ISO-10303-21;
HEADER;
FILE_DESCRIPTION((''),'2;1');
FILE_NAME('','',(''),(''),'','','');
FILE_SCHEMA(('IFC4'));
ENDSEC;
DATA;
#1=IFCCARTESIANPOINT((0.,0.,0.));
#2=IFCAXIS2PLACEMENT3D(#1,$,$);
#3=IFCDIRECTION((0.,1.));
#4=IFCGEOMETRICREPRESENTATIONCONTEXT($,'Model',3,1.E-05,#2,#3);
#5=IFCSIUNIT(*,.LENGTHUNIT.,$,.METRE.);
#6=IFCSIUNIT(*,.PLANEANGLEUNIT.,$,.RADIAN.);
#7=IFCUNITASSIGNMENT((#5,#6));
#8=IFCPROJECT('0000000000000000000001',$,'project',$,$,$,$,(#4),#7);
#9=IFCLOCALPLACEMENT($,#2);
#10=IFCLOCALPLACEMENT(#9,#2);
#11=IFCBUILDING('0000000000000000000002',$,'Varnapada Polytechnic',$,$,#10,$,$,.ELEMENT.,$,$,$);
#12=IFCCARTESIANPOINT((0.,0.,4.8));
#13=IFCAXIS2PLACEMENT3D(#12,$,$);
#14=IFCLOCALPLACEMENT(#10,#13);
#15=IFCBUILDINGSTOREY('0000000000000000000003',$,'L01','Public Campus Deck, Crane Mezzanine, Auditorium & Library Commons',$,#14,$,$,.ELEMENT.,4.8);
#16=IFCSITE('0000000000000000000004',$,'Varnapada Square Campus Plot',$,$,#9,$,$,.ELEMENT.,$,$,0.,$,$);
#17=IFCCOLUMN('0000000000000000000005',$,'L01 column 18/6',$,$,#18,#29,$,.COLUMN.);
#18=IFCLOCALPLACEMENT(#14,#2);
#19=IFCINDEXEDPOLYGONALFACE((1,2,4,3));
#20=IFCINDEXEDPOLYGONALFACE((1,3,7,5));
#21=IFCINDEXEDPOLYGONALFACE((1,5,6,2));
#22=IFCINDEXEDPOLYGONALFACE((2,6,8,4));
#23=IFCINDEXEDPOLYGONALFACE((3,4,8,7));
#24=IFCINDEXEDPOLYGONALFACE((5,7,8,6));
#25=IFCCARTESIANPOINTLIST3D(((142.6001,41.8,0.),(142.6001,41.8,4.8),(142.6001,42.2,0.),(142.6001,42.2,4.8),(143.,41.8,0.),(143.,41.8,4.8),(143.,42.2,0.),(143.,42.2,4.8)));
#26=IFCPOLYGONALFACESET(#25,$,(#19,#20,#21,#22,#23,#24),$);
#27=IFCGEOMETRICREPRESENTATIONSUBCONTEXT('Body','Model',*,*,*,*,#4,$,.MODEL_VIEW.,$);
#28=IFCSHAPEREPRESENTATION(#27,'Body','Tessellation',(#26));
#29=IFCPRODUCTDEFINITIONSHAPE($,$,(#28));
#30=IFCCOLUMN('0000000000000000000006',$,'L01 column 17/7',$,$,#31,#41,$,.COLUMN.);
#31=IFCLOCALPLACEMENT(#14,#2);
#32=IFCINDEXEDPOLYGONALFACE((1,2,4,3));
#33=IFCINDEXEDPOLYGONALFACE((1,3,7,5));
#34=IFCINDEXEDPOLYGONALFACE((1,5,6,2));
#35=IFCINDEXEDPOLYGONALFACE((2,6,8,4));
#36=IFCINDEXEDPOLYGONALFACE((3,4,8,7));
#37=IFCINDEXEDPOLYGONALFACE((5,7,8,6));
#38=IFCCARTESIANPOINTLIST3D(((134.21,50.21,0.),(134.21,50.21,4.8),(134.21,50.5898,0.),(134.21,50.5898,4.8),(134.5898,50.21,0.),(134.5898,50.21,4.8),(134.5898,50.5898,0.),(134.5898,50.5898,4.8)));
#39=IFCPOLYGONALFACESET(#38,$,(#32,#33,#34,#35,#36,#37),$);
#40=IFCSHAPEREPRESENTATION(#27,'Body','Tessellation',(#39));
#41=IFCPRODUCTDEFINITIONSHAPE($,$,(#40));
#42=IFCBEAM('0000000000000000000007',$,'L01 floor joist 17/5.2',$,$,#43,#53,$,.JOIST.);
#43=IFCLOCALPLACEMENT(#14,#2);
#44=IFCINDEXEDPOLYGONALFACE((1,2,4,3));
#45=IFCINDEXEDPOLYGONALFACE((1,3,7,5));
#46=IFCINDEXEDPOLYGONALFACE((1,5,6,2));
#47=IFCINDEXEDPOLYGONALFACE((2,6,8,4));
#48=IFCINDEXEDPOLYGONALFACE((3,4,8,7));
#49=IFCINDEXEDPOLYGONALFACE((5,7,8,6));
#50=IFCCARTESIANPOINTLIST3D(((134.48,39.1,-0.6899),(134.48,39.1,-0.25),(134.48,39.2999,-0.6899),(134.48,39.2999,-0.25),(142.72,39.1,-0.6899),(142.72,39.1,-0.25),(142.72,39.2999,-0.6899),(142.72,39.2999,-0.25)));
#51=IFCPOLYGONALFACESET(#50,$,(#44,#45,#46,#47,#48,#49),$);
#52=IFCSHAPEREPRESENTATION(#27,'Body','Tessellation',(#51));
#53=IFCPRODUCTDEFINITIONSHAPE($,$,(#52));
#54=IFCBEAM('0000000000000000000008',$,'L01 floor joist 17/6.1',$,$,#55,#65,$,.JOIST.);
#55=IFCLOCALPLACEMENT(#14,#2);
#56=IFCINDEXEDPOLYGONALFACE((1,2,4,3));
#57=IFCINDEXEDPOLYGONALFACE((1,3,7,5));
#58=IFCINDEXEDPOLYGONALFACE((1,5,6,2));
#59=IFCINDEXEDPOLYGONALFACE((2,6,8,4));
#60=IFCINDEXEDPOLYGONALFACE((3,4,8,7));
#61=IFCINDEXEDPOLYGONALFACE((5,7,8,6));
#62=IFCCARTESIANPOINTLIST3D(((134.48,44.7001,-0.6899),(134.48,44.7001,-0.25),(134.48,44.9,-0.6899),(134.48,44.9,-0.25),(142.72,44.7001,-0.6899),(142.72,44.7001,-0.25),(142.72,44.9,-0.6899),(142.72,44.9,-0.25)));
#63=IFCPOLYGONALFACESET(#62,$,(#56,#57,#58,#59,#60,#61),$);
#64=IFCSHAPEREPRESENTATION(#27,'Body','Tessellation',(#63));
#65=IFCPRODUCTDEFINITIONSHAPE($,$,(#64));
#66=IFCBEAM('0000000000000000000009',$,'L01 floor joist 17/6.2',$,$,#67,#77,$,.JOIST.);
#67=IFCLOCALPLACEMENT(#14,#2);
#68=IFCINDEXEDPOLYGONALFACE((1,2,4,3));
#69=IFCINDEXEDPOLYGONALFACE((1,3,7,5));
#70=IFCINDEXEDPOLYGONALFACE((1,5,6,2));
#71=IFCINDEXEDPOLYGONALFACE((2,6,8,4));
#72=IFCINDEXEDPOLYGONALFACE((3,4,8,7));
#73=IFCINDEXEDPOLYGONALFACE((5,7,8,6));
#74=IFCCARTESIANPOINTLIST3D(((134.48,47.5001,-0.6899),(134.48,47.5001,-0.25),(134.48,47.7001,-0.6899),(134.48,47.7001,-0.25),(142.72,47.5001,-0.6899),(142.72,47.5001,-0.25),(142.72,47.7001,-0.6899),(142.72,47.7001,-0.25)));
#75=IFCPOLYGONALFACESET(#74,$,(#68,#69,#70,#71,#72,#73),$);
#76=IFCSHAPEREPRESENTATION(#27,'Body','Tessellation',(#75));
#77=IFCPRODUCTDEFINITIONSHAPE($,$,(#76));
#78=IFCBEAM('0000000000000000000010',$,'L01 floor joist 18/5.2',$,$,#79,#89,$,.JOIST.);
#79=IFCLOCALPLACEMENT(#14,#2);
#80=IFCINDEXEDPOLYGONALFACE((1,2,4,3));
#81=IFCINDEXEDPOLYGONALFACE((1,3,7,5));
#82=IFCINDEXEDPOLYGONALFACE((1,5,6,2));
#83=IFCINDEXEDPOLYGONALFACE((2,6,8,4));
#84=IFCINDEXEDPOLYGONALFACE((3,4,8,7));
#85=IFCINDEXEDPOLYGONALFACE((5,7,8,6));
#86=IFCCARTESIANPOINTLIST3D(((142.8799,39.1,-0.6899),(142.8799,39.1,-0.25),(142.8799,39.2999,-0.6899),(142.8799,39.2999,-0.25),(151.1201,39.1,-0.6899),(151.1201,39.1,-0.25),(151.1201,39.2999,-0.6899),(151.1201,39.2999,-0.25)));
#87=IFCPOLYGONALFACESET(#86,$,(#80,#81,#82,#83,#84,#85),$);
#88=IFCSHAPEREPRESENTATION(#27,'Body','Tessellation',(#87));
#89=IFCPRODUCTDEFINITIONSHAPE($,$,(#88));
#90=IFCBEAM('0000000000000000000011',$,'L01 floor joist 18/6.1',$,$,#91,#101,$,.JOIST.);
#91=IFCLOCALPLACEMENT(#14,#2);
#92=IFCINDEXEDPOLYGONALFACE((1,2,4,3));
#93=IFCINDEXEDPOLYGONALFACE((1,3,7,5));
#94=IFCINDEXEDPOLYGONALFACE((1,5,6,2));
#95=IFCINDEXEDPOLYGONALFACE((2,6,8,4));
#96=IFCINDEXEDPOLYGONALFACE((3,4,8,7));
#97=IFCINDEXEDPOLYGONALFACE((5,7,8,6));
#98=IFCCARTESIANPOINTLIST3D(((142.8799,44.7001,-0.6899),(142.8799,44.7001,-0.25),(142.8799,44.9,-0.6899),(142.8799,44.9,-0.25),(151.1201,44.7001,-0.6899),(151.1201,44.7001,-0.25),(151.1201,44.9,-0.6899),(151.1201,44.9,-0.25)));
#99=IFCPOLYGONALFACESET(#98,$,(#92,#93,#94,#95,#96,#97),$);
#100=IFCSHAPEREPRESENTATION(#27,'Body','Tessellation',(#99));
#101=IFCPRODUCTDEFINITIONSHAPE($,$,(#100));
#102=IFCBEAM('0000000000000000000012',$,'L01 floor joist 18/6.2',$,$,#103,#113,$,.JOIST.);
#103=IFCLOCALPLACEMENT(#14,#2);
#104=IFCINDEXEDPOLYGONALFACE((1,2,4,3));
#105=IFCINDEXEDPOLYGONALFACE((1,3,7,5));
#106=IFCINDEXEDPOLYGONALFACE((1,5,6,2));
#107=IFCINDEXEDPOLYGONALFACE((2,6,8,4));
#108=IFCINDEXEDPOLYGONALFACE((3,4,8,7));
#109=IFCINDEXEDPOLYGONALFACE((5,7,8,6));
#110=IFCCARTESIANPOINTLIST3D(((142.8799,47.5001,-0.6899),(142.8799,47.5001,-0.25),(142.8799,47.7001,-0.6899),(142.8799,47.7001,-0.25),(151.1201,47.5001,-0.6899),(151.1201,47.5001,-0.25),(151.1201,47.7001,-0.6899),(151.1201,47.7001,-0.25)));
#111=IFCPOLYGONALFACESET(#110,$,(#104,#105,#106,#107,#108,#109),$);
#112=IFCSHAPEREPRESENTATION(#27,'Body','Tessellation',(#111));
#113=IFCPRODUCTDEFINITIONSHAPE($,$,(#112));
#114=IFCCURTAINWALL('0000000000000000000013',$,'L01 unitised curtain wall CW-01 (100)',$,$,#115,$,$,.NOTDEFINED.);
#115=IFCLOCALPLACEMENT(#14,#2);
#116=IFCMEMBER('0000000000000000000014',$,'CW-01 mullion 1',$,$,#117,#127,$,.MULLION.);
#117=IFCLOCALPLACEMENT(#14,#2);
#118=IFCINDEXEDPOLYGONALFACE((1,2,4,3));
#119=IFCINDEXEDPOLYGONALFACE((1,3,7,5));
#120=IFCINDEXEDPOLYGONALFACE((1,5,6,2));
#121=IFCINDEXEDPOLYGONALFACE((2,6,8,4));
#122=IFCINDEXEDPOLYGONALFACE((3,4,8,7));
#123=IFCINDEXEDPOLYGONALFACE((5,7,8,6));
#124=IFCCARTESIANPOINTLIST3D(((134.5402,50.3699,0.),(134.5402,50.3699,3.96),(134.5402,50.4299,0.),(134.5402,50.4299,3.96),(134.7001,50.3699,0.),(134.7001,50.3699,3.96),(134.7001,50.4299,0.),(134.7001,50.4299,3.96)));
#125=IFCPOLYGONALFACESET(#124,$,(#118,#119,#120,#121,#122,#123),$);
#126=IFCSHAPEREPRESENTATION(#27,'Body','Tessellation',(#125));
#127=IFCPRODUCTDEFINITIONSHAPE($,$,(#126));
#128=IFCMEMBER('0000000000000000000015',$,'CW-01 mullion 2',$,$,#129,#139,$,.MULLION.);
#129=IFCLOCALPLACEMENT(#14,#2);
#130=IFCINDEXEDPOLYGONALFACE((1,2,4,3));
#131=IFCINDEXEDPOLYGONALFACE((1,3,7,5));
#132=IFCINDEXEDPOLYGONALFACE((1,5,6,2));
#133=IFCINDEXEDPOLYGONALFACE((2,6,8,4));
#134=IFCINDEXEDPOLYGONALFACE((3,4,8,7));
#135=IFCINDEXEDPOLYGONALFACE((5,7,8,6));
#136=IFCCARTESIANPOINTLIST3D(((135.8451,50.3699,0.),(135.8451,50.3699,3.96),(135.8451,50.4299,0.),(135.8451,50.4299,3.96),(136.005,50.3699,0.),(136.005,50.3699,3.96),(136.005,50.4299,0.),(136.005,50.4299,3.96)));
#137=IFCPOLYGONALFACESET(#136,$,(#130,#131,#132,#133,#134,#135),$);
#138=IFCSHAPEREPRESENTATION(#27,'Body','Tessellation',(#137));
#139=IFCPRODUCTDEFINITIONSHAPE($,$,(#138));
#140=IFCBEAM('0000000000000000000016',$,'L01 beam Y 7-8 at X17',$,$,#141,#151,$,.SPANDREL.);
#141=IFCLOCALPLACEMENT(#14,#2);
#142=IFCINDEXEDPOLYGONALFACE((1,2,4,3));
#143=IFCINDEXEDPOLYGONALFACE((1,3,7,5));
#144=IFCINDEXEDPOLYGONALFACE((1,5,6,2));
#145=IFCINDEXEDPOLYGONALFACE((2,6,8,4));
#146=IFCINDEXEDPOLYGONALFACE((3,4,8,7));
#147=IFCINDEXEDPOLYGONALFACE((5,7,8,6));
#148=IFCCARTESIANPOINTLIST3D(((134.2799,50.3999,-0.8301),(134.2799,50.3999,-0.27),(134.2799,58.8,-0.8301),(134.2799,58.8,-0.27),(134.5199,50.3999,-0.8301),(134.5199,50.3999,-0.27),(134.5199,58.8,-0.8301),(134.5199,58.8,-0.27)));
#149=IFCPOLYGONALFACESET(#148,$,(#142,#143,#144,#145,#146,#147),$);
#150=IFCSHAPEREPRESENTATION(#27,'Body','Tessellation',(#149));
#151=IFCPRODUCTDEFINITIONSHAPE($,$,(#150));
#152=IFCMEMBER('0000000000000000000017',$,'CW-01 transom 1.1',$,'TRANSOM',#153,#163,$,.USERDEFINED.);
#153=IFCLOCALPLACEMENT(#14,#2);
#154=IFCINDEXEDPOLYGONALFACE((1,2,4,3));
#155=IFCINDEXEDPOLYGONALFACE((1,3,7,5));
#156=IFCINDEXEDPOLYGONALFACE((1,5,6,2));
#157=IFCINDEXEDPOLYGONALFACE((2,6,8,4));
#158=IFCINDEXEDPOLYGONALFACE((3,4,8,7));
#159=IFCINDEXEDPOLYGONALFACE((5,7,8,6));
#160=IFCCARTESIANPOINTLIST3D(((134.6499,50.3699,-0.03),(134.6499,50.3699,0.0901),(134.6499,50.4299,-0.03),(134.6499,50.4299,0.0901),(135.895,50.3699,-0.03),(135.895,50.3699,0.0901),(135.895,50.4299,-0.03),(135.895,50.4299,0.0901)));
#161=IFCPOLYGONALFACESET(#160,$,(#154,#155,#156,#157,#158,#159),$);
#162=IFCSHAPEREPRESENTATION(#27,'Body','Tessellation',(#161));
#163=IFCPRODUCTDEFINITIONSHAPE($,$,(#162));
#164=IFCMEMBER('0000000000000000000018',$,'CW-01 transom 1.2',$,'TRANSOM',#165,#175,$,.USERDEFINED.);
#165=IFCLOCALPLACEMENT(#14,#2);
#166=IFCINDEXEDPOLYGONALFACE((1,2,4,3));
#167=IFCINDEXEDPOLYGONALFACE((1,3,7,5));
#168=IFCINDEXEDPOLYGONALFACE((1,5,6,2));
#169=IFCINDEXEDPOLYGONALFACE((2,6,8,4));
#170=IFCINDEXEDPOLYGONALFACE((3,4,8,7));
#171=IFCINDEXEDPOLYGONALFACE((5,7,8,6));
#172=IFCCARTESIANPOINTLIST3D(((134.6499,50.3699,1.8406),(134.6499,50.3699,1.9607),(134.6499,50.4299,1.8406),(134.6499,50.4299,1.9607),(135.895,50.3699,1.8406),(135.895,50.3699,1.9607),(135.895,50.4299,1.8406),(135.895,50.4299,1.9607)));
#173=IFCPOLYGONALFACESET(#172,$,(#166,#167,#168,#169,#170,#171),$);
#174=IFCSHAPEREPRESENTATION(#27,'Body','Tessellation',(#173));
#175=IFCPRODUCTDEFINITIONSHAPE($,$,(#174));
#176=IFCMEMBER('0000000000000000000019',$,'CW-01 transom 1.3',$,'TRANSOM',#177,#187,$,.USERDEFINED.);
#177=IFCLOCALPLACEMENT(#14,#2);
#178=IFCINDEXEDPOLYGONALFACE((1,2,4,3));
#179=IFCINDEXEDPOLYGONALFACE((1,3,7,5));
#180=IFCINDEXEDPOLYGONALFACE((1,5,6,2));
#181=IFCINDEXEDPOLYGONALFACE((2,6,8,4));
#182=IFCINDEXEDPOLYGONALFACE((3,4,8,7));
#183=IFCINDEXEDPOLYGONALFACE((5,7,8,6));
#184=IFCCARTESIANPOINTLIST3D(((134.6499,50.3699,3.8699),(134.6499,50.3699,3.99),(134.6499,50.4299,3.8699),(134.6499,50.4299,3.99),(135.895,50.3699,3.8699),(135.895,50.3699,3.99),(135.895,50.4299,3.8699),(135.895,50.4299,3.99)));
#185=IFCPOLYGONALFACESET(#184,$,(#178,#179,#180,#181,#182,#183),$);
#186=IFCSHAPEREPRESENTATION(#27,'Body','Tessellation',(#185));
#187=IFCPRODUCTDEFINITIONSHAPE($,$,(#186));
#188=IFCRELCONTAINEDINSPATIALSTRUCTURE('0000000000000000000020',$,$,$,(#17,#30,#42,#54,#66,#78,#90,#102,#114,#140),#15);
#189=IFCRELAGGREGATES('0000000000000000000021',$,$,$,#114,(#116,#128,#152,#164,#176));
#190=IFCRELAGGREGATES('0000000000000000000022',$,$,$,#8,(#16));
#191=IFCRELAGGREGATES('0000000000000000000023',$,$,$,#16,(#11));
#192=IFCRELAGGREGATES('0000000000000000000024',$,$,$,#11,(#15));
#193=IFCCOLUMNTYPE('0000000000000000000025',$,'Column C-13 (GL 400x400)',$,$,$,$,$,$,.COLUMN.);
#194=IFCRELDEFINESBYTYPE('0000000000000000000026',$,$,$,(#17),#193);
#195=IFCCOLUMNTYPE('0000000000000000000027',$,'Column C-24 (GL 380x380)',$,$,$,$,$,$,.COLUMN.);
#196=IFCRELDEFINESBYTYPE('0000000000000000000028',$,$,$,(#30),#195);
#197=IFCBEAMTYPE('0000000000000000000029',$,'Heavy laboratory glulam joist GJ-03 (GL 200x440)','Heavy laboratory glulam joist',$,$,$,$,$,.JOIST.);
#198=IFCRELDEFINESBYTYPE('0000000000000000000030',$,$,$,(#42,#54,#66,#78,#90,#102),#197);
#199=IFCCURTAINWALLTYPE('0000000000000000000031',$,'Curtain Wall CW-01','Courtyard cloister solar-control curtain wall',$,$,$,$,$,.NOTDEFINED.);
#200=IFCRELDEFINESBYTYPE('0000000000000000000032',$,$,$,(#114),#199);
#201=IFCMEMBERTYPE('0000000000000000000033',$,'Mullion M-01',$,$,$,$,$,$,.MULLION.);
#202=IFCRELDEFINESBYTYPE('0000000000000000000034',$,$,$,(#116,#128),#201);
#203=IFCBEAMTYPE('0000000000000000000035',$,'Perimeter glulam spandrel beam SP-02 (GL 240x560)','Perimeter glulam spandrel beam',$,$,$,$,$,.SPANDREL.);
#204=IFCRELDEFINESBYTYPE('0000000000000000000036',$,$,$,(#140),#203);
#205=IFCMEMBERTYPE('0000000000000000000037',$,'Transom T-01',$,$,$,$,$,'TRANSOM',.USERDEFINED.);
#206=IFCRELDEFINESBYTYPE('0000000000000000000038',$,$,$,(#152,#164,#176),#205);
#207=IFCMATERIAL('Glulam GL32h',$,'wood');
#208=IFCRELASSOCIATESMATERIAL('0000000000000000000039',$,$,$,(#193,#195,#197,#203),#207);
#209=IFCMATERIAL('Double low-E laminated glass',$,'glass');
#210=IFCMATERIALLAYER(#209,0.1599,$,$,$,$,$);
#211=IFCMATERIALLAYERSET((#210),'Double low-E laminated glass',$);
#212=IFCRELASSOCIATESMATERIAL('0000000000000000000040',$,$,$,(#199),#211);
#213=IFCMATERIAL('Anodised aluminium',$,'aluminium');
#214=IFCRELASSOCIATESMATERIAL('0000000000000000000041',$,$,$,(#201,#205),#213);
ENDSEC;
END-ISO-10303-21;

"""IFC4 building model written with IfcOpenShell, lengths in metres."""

from ifc_helpers import new_model, si_unit, direction, frame, origin, origin_2d, place, context, subcontext, project, spatial, rectangle, extrude, material, layer, layer_set, material_profile, profile_set, type_object, element, aggregate, save


model = new_model("IFC4")

# Units and contexts
model_context = context("Model", 3, precision=1e-05, world=origin(), true_north=direction((0.0, 1.0)))
body_context = subcontext(model_context, "Body", "Model", "MODEL_VIEW")
ifc_project = project(units=[si_unit("LENGTHUNIT", "METRE"), si_unit("PLANEANGLEUNIT", "RADIAN")], contexts=[model_context])

# Site, building, storey
site_placement = place(None, origin())
site = spatial("IfcSite", under=ifc_project, at=site_placement, Name="Varnapada Square Campus Plot", CompositionType="ELEMENT", RefElevation=0.0)
building_placement = place(site_placement, origin())
building = spatial("IfcBuilding", under=site, at=building_placement, Name="Varnapada Polytechnic", CompositionType="ELEMENT")
storey_placement = place(building_placement, frame((0.0, 0.0, 4.8)))
storey = spatial("IfcBuildingStorey", under=building, at=storey_placement, Name="L01", Description="Public Campus Deck, Crane Mezzanine, Auditorium & Library Commons", CompositionType="ELEMENT", Elevation=4.8)

# Columns
ifc_material_1 = material(Name="Glulam GL32h", Category="wood")
ifc_material_profile_1 = material_profile(ifc_material_1, rectangle(XDim=0.3999, YDim=0.3999, at=origin_2d()), Name="GL 400x400")
ifc_profile_set_1 = profile_set([ifc_material_profile_1], Name="Glulam GL32h")
column_type_1 = type_object("IfcColumnType", Name="Column C-13 (GL 400x400)", PredefinedType="COLUMN", material=ifc_profile_set_1)
column_1_placement = place(storey_placement, frame((142.8, 42.0, 0.0), z_axis=(0.0, 0.0, 1.0), x_axis=(1.0, 0.0, 0.0)))
element("IfcColumn", 1, at=column_1_placement, inside=storey, type_object=column_type_1, Name="L01 column 18/6", PredefinedType="COLUMN", context=body_context, shape_type="SweptSolid", body=[
    extrude(rectangle(XDim=0.3999, YDim=0.3999, at=origin_2d()), origin(), (0.0, 0.0, 1.0), 4.8),
])
ifc_material_profile_2 = material_profile(ifc_material_1, rectangle(XDim=0.3799, YDim=0.3799, at=origin_2d()), Name="GL 380x380")
ifc_profile_set_2 = profile_set([ifc_material_profile_2], Name="Glulam GL32h")
column_type_2 = type_object("IfcColumnType", Name="Column C-24 (GL 380x380)", PredefinedType="COLUMN", material=ifc_profile_set_2)
column_2_placement = place(storey_placement, frame((134.3999, 50.3999, 0.0), z_axis=(0.0, 0.0, 1.0), x_axis=(1.0, 0.0, 0.0)))
element("IfcColumn", 2, at=column_2_placement, inside=storey, type_object=column_type_2, Name="L01 column 17/7", PredefinedType="COLUMN", context=body_context, shape_type="SweptSolid", body=[
    extrude(rectangle(XDim=0.3799, YDim=0.3799, at=origin_2d()), origin(), (0.0, 0.0, 1.0), 4.8),
])

# Beams
ifc_material_profile_3 = material_profile(ifc_material_1, rectangle(XDim=0.2, YDim=0.4399, at=origin_2d()), Name="GL 200x440")
ifc_profile_set_3 = profile_set([ifc_material_profile_3], Name="Glulam GL32h")
beam_type_1 = type_object("IfcBeamType", Name="Heavy laboratory glulam joist GJ-03 (GL 200x440)", Description="Heavy laboratory glulam joist", PredefinedType="JOIST", material=ifc_profile_set_3)
for number, where, z_axis, x_axis, name in (
    (3, (134.48, 39.2, -0.47), (1.0, 0.0, 0.0), (0.0, 1.0, 0.0), "L01 floor joist 17/5.2"),
    (4, (134.48, 44.8, -0.47), (1.0, 0.0, 0.0), (0.0, 1.0, 0.0), "L01 floor joist 17/6.1"),
    (5, (134.48, 47.6001, -0.47), (1.0, 0.0, 0.0), (0.0, 1.0, 0.0), "L01 floor joist 17/6.2"),
):
    element("IfcBeam", number, at=place(storey_placement, frame(where, z_axis=z_axis, x_axis=x_axis)), inside=storey, type_object=beam_type_1, Name=name, PredefinedType="JOIST", context=body_context, shape_type="SweptSolid", body=[
        extrude(rectangle(XDim=0.2, YDim=0.4399, at=origin_2d()), origin(), (0.0, 0.0, 1.0), 8.24),
    ])
for number, where, z_axis, x_axis, name in (
    (6, (142.8799, 39.2, -0.47), (1.0, 0.0, 0.0), (0.0, 1.0, 0.0), "L01 floor joist 18/5.2"),
    (7, (142.8799, 44.8, -0.47), (1.0, 0.0, 0.0), (0.0, 1.0, 0.0), "L01 floor joist 18/6.1"),
    (8, (142.8799, 47.6001, -0.47), (1.0, 0.0, 0.0), (0.0, 1.0, 0.0), "L01 floor joist 18/6.2"),
):
    element("IfcBeam", number, at=place(storey_placement, frame(where, z_axis=z_axis, x_axis=x_axis)), inside=storey, type_object=beam_type_1, Name=name, PredefinedType="JOIST", context=body_context, shape_type="SweptSolid", body=[
        extrude(rectangle(XDim=0.2, YDim=0.4399, at=origin_2d()), origin(), (0.0, 0.0, 1.0), 8.2402),
    ])

# Curtain wall, members
ifc_material_2 = material(Name="Double low-E laminated glass", Category="glass")
ifc_layer_1 = layer(ifc_material_2, 0.1599)
ifc_layer_set_1 = layer_set([ifc_layer_1], Name="Double low-E laminated glass")
curtain_wall_type = type_object("IfcCurtainWallType", Name="Curtain Wall CW-01", Description="Courtyard cloister solar-control curtain wall", PredefinedType="NOTDEFINED", material=ifc_layer_set_1)
curtain_wall_placement = place(storey_placement, origin())
curtain_wall = element("IfcCurtainWall", 9, at=curtain_wall_placement, inside=storey, type_object=curtain_wall_type, Name="L01 unitised curtain wall CW-01 (100)", PredefinedType="NOTDEFINED")
ifc_material_3 = material(Name="Anodised aluminium", Category="aluminium")
ifc_material_profile_4 = material_profile(ifc_material_3, rectangle(XDim=0.0601, YDim=0.1599, at=origin_2d()), Name="ALU M60x160")
ifc_profile_set_4 = profile_set([ifc_material_profile_4], Name="Anodised aluminium")
member_type_1 = type_object("IfcMemberType", Name="Mullion M-01", PredefinedType="MULLION", material=ifc_profile_set_4)
member_1_placement = place(storey_placement, frame((134.6201, 50.3999, 0.0), z_axis=(0.0, 0.0, 1.0), x_axis=(0.0, 1.0, 0.0)))
member_1 = element("IfcMember", 10, at=member_1_placement, type_object=member_type_1, Name="CW-01 mullion 1", PredefinedType="MULLION", context=body_context, shape_type="SweptSolid", body=[
    extrude(rectangle(XDim=0.0601, YDim=0.1599, at=origin_2d()), origin(), (0.0, 0.0, 1.0), 3.96),
])
member_2_placement = place(storey_placement, frame((135.925, 50.3999, 0.0), z_axis=(0.0, 0.0, 1.0), x_axis=(0.0, 1.0, 0.0)))
member_2 = element("IfcMember", 11, at=member_2_placement, type_object=member_type_1, Name="CW-01 mullion 2", PredefinedType="MULLION", context=body_context, shape_type="SweptSolid", body=[
    extrude(rectangle(XDim=0.0601, YDim=0.1599, at=origin_2d()), origin(), (0.0, 0.0, 1.0), 3.96),
])

# Beam
ifc_material_profile_5 = material_profile(ifc_material_1, rectangle(XDim=0.24, YDim=0.5601, at=origin_2d()), Name="GL 240x560")
ifc_profile_set_5 = profile_set([ifc_material_profile_5], Name="Glulam GL32h")
beam_type_2 = type_object("IfcBeamType", Name="Perimeter glulam spandrel beam SP-02 (GL 240x560)", Description="Perimeter glulam spandrel beam", PredefinedType="SPANDREL", material=ifc_profile_set_5)
beam_1_placement = place(storey_placement, frame((134.3999, 50.3999, -0.55), z_axis=(0.0, 1.0, 0.0), x_axis=(-1.0, 0.0, 0.0)))
element("IfcBeam", 12, at=beam_1_placement, inside=storey, type_object=beam_type_2, Name="L01 beam Y 7-8 at X17", PredefinedType="SPANDREL", context=body_context, shape_type="SweptSolid", body=[
    extrude(rectangle(XDim=0.24, YDim=0.5601, at=origin_2d()), origin(), (0.0, 0.0, 1.0), 8.4001),
])

# Members
ifc_material_profile_6 = material_profile(ifc_material_3, rectangle(XDim=0.0601, YDim=0.1201, at=origin_2d()), Name="ALU T60x120")
ifc_profile_set_6 = profile_set([ifc_material_profile_6], Name="Anodised aluminium")
member_type_2 = type_object("IfcMemberType", Name="Transom T-01", ElementType="TRANSOM", PredefinedType="USERDEFINED", material=ifc_profile_set_6)
member_3_placement = place(storey_placement, frame((134.6499, 50.3999, 0.03), z_axis=(1.0, 0.0, 0.0), x_axis=(0.0, 1.0, 0.0)))
member_3 = element("IfcMember", 13, at=member_3_placement, type_object=member_type_2, Name="CW-01 transom 1.1", ObjectType="TRANSOM", PredefinedType="USERDEFINED", context=body_context, shape_type="SweptSolid", body=[
    extrude(rectangle(XDim=0.0601, YDim=0.1201, at=origin_2d()), origin(), (0.0, 0.0, 1.0), 1.2451),
])
member_4_placement = place(storey_placement, frame((134.6499, 50.3999, 1.9006), z_axis=(1.0, 0.0, 0.0), x_axis=(0.0, 1.0, 0.0)))
member_4 = element("IfcMember", 14, at=member_4_placement, type_object=member_type_2, Name="CW-01 transom 1.2", ObjectType="TRANSOM", PredefinedType="USERDEFINED", context=body_context, shape_type="SweptSolid", body=[
    extrude(rectangle(XDim=0.0601, YDim=0.1201, at=origin_2d()), origin(), (0.0, 0.0, 1.0), 1.2451),
])
member_5_placement = place(storey_placement, frame((134.6499, 50.3999, 3.9299), z_axis=(1.0, 0.0, 0.0), x_axis=(0.0, 1.0, 0.0)))
member_5 = element("IfcMember", 15, at=member_5_placement, type_object=member_type_2, Name="CW-01 transom 1.3", ObjectType="TRANSOM", PredefinedType="USERDEFINED", context=body_context, shape_type="SweptSolid", body=[
    extrude(rectangle(XDim=0.0601, YDim=0.1201, at=origin_2d()), origin(), (0.0, 0.0, 1.0), 1.2451),
])

aggregate(curtain_wall, [member_1, member_2, member_3, member_4, member_5])

save(model, "model.ifc")
